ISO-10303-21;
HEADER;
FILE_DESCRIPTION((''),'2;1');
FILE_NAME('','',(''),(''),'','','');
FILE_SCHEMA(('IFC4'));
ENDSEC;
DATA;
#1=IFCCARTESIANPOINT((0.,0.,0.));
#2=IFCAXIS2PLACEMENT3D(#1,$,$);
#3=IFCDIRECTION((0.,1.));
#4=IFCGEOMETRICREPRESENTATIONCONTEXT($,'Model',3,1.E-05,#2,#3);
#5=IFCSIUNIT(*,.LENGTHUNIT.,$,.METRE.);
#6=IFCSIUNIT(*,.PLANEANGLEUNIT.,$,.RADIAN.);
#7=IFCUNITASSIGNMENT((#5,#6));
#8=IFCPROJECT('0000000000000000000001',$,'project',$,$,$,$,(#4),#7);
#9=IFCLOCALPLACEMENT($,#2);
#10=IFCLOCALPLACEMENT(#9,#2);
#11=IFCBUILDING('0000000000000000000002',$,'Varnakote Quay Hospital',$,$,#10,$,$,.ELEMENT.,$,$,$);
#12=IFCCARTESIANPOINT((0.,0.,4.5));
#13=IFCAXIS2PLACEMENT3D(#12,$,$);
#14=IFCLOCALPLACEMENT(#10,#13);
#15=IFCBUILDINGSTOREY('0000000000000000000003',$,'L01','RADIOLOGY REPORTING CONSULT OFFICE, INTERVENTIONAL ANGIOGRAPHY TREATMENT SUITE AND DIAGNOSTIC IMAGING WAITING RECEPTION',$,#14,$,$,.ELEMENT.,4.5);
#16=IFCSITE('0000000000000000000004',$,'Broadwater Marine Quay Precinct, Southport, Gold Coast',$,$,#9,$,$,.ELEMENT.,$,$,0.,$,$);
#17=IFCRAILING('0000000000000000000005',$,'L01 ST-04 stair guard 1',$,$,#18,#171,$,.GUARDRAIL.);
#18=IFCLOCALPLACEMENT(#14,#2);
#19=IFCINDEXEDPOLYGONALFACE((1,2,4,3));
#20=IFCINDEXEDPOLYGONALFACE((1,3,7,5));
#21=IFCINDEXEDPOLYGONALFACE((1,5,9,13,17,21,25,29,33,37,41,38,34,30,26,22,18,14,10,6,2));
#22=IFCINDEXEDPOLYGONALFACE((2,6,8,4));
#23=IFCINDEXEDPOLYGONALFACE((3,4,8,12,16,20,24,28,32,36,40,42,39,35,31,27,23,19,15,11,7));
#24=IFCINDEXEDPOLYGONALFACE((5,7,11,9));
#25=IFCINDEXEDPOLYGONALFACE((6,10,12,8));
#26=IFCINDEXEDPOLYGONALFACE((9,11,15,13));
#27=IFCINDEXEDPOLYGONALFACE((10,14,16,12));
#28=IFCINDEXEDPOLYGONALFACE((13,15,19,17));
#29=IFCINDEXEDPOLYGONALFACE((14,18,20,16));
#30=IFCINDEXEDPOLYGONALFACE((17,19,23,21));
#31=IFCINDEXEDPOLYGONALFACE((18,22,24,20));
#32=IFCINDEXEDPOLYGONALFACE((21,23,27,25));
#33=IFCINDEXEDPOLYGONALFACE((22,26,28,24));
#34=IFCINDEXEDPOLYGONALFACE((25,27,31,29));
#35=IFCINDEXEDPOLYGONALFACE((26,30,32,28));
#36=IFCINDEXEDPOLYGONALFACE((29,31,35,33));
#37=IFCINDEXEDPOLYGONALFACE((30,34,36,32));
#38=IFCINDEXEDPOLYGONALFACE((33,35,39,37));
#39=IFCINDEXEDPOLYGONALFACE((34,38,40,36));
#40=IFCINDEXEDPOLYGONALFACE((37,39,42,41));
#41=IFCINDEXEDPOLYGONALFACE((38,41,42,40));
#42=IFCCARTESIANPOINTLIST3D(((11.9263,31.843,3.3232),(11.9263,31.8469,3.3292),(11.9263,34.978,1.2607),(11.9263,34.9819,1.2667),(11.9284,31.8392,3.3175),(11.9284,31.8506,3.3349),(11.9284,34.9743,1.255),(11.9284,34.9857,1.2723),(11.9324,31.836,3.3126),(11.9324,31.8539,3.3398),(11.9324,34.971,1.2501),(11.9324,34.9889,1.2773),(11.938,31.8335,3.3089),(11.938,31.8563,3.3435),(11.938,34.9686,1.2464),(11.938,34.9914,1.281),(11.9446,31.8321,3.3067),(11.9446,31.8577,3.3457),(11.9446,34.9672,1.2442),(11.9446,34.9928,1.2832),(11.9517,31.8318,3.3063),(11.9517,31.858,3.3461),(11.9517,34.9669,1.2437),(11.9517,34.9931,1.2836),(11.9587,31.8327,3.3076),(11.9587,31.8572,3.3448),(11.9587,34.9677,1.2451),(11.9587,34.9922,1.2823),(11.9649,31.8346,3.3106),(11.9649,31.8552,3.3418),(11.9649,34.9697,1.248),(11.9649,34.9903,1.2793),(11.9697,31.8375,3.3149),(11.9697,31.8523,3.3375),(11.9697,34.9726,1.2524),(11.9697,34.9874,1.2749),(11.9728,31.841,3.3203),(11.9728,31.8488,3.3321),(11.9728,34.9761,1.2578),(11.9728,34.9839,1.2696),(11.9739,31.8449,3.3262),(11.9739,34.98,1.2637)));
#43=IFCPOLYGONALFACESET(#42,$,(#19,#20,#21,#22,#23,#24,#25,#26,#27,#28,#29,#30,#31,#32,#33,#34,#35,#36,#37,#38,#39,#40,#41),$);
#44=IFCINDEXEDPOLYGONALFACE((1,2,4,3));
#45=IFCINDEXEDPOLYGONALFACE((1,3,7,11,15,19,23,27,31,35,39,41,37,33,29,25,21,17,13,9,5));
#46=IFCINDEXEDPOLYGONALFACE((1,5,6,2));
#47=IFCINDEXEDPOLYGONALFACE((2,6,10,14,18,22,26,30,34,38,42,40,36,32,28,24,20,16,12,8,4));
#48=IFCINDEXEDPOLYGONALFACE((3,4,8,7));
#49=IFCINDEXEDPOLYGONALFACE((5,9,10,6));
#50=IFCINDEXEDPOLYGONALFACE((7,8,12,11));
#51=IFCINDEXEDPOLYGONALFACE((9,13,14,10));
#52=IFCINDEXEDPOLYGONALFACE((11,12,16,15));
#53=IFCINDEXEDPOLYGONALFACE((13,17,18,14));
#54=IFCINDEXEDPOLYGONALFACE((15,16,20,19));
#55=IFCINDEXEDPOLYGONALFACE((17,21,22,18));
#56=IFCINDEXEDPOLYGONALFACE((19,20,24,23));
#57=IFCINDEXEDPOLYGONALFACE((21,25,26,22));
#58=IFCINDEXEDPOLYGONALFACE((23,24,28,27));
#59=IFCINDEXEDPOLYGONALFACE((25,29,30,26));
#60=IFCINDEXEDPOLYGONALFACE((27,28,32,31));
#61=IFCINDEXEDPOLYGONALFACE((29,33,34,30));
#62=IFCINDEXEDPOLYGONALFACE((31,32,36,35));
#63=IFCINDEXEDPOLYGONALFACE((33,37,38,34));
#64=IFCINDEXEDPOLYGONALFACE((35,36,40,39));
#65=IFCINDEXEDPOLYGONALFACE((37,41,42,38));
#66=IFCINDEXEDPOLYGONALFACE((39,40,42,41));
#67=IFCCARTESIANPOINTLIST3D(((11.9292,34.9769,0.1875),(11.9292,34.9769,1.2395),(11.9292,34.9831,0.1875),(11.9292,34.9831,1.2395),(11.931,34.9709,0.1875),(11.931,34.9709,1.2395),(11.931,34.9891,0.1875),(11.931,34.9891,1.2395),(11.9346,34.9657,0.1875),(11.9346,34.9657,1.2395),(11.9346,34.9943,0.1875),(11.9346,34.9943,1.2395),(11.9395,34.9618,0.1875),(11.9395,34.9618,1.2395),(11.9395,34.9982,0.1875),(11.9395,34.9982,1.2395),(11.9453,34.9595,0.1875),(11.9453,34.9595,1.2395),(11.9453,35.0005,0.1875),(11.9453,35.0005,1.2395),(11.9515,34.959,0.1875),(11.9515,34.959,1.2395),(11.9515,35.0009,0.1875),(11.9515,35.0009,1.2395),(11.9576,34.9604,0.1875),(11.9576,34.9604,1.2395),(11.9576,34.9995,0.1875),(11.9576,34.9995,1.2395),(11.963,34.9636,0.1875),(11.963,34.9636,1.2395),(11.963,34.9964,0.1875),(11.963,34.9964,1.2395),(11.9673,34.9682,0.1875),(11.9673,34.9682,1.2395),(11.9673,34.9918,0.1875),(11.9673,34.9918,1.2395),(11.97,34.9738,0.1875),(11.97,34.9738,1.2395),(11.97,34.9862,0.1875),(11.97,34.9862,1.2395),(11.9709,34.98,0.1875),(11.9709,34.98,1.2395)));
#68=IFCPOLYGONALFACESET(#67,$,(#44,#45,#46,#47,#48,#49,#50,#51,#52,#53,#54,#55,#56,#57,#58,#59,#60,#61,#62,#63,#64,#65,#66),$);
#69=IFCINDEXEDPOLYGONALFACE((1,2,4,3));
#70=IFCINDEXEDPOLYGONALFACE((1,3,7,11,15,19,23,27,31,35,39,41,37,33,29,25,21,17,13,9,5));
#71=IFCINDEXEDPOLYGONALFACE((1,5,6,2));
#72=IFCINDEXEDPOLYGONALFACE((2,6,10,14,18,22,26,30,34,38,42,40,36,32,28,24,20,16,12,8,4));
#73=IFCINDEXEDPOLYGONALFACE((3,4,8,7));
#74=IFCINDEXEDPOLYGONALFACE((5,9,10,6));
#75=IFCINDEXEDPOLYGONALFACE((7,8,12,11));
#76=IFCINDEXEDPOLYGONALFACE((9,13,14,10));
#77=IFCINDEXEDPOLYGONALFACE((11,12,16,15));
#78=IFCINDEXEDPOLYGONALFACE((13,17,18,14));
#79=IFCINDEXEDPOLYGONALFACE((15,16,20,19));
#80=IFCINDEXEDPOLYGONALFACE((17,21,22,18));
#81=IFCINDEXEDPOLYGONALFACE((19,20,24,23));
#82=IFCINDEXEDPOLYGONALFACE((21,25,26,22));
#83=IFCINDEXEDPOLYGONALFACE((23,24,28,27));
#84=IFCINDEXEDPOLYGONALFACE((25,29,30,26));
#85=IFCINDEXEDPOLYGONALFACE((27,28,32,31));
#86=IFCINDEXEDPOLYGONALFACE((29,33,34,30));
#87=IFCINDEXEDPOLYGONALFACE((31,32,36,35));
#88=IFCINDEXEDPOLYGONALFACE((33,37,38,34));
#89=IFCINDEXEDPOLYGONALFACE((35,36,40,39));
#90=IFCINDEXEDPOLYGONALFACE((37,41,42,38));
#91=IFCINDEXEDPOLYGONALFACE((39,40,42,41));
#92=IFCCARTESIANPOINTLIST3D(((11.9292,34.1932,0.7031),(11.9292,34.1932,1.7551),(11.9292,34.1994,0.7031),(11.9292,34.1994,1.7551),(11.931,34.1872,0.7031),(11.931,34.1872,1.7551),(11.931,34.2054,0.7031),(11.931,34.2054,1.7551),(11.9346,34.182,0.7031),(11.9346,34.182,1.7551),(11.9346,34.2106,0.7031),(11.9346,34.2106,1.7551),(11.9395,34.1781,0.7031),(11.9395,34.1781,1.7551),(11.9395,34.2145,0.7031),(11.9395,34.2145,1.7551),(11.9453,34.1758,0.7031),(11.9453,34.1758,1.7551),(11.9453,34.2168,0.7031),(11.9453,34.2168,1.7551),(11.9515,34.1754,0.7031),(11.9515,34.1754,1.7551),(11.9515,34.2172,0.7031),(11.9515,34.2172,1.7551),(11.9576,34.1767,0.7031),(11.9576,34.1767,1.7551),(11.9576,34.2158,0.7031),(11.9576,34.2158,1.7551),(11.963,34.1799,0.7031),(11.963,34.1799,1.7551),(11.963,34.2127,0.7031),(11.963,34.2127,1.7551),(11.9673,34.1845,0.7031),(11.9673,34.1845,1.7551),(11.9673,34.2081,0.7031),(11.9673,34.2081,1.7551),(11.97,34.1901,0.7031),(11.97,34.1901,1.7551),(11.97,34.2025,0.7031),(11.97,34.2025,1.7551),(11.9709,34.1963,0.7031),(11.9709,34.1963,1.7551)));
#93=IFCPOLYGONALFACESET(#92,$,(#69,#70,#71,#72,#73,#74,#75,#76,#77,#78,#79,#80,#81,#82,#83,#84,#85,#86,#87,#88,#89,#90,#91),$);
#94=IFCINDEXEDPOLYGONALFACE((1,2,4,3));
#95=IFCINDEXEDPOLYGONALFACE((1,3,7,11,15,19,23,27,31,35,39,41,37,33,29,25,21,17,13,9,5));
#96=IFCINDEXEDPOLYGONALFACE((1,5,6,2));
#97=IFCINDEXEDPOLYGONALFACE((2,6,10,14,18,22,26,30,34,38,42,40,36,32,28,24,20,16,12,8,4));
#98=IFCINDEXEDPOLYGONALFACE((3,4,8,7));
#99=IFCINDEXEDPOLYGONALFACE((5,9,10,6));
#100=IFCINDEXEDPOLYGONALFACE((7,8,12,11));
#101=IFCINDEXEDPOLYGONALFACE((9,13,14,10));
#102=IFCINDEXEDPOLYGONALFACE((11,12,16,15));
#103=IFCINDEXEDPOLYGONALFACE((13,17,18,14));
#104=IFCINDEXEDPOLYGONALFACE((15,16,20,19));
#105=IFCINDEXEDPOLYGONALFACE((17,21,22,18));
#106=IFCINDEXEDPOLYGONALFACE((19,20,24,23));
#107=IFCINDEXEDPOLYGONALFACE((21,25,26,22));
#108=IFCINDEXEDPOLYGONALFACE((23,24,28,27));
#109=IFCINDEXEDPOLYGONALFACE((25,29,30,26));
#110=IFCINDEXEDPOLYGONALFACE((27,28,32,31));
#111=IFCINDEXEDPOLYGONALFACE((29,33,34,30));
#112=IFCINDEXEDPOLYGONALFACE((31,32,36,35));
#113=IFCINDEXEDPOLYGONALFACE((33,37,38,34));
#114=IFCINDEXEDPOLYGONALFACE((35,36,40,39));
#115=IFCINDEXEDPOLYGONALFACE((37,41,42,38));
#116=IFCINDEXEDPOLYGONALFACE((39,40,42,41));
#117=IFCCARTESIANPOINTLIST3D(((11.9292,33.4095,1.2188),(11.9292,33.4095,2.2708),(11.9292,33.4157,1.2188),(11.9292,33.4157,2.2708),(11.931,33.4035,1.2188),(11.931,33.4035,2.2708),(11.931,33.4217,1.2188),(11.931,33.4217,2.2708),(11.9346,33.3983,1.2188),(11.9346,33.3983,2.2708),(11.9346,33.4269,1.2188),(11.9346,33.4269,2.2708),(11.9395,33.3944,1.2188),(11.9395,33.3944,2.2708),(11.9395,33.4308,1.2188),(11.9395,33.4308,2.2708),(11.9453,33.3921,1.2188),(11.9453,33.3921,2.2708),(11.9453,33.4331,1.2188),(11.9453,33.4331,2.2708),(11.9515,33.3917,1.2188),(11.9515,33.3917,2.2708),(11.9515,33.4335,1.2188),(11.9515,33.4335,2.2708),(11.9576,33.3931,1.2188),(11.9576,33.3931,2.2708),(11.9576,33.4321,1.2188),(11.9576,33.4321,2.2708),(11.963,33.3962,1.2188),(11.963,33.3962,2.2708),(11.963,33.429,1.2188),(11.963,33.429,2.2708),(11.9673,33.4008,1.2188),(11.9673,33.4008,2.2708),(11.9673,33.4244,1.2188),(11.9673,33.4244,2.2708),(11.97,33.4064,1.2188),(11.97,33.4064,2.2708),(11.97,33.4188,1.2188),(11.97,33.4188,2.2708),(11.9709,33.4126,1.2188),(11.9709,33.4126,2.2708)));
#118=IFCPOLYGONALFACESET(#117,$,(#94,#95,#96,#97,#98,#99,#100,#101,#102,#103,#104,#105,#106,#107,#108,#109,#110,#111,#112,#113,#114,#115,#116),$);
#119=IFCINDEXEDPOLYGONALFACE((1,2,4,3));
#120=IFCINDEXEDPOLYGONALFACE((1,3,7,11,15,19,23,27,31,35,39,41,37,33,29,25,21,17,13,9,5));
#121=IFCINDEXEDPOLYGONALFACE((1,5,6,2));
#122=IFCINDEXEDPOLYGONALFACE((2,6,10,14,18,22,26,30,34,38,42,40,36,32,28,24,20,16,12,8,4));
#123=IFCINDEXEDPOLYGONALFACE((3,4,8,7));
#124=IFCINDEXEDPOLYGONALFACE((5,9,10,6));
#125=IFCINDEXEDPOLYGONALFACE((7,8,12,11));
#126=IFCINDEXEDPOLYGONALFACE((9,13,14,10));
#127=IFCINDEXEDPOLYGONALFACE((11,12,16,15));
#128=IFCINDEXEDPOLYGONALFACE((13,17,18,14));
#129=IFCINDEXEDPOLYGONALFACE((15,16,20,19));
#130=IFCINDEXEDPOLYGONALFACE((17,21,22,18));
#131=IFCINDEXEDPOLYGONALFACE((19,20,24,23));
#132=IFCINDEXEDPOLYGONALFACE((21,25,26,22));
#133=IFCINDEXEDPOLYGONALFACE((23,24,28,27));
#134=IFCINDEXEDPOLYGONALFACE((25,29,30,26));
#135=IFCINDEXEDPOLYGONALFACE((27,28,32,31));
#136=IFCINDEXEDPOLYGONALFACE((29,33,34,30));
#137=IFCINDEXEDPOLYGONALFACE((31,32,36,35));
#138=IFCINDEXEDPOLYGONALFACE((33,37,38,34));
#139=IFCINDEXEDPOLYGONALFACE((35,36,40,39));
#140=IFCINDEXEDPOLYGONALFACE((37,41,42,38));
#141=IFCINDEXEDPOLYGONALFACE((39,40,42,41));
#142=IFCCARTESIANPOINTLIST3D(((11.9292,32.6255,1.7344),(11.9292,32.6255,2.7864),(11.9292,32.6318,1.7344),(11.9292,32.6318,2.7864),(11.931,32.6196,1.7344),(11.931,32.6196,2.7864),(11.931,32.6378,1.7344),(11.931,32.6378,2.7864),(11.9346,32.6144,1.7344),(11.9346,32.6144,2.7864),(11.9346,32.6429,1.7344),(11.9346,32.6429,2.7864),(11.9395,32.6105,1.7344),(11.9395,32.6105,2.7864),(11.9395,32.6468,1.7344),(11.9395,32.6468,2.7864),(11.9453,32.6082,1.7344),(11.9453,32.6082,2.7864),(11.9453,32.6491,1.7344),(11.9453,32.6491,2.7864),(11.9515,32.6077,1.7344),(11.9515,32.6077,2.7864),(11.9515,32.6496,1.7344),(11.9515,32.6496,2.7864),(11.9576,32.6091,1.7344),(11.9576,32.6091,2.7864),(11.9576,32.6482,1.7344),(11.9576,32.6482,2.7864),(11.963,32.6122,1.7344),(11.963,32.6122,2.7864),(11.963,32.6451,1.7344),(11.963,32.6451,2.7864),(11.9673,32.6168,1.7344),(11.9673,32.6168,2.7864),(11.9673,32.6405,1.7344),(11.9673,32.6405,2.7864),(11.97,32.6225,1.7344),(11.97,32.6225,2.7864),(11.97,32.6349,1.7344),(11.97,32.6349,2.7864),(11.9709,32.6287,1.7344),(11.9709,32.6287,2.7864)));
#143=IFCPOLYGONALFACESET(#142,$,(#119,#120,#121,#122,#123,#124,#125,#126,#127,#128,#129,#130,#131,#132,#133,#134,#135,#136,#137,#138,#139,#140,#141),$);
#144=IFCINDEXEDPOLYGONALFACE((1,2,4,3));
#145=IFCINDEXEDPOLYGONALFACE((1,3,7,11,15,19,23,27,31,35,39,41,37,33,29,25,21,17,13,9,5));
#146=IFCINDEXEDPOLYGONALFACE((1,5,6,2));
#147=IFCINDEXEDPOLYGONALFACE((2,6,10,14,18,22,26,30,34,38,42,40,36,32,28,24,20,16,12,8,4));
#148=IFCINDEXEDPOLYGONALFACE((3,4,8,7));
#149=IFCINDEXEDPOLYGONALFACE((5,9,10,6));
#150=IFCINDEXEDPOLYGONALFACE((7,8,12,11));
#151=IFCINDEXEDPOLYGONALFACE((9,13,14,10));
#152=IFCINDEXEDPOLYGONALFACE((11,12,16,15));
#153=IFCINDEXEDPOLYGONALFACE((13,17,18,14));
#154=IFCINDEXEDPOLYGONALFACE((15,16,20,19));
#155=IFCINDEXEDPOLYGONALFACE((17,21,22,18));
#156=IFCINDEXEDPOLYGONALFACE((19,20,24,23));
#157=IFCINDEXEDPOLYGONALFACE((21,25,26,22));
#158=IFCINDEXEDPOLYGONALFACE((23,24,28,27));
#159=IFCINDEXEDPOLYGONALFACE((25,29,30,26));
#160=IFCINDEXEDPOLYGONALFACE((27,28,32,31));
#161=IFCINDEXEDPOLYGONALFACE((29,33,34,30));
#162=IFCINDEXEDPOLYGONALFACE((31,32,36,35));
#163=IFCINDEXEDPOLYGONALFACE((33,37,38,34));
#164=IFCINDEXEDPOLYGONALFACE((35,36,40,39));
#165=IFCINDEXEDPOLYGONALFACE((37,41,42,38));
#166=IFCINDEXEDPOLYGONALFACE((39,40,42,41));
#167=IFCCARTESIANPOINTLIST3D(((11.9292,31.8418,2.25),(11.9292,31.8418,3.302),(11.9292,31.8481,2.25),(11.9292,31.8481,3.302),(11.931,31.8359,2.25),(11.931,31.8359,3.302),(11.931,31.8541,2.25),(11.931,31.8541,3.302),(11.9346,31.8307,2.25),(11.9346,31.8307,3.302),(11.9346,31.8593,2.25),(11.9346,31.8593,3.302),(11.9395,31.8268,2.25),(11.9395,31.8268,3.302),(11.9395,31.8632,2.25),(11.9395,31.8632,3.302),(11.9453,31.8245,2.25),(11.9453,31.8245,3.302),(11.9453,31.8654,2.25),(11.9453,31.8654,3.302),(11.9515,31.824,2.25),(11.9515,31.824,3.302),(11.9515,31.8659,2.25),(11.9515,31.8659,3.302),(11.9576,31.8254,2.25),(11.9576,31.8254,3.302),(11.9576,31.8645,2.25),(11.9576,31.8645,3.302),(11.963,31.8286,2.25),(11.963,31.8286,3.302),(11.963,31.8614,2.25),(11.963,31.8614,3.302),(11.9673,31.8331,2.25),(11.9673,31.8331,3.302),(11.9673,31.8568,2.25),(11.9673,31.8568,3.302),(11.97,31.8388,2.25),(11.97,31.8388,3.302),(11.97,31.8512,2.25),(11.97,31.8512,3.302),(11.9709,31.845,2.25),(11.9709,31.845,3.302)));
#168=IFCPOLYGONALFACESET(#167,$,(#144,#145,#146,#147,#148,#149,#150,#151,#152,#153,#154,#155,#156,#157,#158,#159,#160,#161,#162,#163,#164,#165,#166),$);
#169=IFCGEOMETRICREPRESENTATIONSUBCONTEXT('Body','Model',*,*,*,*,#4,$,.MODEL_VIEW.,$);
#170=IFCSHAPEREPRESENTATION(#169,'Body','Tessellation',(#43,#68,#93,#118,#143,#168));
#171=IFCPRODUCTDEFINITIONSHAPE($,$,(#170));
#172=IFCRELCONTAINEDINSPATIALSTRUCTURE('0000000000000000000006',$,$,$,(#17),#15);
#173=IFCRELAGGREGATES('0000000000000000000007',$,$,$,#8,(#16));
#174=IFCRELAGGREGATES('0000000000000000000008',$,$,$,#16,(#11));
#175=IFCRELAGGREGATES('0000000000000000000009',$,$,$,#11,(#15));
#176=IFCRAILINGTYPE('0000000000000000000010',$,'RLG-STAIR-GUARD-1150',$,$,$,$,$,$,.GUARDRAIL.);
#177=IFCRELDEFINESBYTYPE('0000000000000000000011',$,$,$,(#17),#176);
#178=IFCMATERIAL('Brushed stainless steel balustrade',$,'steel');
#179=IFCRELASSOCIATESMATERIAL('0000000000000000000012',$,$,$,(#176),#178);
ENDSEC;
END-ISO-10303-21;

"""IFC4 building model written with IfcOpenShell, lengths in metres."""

from ifc_helpers import new_model, si_unit, direction, frame, origin, origin_2d, place, context, subcontext, project, spatial, circle, extrude, material, type_object, element, save


model = new_model("IFC4")

# Units and contexts
model_context = context("Model", 3, precision=1e-05, world=origin(), true_north=direction((0.0, 1.0)))
body_context = subcontext(model_context, "Body", "Model", "MODEL_VIEW")
ifc_project = project(units=[si_unit("LENGTHUNIT", "METRE"), si_unit("PLANEANGLEUNIT", "RADIAN")], contexts=[model_context])

# Site, building, storey
site_placement = place(None, origin())
site = spatial("IfcSite", under=ifc_project, at=site_placement, Name="Broadwater Marine Quay Precinct, Southport, Gold Coast", CompositionType="ELEMENT", RefElevation=0.0)
building_placement = place(site_placement, origin())
building = spatial("IfcBuilding", under=site, at=building_placement, Name="Varnakote Quay Hospital", CompositionType="ELEMENT")
storey_placement = place(building_placement, frame((0.0, 0.0, 4.5)))
storey = spatial("IfcBuildingStorey", under=building, at=storey_placement, Name="L01", Description="RADIOLOGY REPORTING CONSULT OFFICE, INTERVENTIONAL ANGIOGRAPHY TREATMENT SUITE AND DIAGNOSTIC IMAGING WAITING RECEPTION", CompositionType="ELEMENT", Elevation=4.5)

# Railing
ifc_material_1 = material(Name="Brushed stainless steel balustrade", Category="steel")
railing_type_1 = type_object("IfcRailingType", Name="RLG-STAIR-GUARD-1150", PredefinedType="GUARDRAIL", material=ifc_material_1)
railing_1_placement = place(storey_placement, frame((11.95, 34.98, 0.1875)))
element("IfcRailing", 1, at=railing_1_placement, inside=storey, type_object=railing_type_1, Name="L01 ST-04 stair guard 1", PredefinedType="GUARDRAIL", context=body_context, shape_type="SweptSolid", body=[
    extrude(circle(Radius=0.0239, at=origin_2d()), frame((0.0, 0.0, 1.0762), z_axis=(0.0, -0.835418, 0.549615), x_axis=(1.0, 0.0, 0.0)), (0.0, 0.0, 1.0), 3.7527),
    extrude(circle(Radius=0.021, at=origin_2d()), origin(), (0.0, 0.0, 1.0), 1.052),
    extrude(circle(Radius=0.021, at=origin_2d()), frame((0.0, -0.7837, 0.5156)), (0.0, 0.0, 1.0), 1.052),
    extrude(circle(Radius=0.021, at=origin_2d()), frame((0.0, -1.5674, 1.0312)), (0.0, 0.0, 1.0), 1.052),
    extrude(circle(Radius=0.021, at=origin_2d()), frame((0.0, -2.3513, 1.5469)), (0.0, 0.0, 1.0), 1.052),
    extrude(circle(Radius=0.021, at=origin_2d()), frame((0.0, -3.135, 2.0625)), (0.0, 0.0, 1.0), 1.052),
])

save(model, "model.ifc")
